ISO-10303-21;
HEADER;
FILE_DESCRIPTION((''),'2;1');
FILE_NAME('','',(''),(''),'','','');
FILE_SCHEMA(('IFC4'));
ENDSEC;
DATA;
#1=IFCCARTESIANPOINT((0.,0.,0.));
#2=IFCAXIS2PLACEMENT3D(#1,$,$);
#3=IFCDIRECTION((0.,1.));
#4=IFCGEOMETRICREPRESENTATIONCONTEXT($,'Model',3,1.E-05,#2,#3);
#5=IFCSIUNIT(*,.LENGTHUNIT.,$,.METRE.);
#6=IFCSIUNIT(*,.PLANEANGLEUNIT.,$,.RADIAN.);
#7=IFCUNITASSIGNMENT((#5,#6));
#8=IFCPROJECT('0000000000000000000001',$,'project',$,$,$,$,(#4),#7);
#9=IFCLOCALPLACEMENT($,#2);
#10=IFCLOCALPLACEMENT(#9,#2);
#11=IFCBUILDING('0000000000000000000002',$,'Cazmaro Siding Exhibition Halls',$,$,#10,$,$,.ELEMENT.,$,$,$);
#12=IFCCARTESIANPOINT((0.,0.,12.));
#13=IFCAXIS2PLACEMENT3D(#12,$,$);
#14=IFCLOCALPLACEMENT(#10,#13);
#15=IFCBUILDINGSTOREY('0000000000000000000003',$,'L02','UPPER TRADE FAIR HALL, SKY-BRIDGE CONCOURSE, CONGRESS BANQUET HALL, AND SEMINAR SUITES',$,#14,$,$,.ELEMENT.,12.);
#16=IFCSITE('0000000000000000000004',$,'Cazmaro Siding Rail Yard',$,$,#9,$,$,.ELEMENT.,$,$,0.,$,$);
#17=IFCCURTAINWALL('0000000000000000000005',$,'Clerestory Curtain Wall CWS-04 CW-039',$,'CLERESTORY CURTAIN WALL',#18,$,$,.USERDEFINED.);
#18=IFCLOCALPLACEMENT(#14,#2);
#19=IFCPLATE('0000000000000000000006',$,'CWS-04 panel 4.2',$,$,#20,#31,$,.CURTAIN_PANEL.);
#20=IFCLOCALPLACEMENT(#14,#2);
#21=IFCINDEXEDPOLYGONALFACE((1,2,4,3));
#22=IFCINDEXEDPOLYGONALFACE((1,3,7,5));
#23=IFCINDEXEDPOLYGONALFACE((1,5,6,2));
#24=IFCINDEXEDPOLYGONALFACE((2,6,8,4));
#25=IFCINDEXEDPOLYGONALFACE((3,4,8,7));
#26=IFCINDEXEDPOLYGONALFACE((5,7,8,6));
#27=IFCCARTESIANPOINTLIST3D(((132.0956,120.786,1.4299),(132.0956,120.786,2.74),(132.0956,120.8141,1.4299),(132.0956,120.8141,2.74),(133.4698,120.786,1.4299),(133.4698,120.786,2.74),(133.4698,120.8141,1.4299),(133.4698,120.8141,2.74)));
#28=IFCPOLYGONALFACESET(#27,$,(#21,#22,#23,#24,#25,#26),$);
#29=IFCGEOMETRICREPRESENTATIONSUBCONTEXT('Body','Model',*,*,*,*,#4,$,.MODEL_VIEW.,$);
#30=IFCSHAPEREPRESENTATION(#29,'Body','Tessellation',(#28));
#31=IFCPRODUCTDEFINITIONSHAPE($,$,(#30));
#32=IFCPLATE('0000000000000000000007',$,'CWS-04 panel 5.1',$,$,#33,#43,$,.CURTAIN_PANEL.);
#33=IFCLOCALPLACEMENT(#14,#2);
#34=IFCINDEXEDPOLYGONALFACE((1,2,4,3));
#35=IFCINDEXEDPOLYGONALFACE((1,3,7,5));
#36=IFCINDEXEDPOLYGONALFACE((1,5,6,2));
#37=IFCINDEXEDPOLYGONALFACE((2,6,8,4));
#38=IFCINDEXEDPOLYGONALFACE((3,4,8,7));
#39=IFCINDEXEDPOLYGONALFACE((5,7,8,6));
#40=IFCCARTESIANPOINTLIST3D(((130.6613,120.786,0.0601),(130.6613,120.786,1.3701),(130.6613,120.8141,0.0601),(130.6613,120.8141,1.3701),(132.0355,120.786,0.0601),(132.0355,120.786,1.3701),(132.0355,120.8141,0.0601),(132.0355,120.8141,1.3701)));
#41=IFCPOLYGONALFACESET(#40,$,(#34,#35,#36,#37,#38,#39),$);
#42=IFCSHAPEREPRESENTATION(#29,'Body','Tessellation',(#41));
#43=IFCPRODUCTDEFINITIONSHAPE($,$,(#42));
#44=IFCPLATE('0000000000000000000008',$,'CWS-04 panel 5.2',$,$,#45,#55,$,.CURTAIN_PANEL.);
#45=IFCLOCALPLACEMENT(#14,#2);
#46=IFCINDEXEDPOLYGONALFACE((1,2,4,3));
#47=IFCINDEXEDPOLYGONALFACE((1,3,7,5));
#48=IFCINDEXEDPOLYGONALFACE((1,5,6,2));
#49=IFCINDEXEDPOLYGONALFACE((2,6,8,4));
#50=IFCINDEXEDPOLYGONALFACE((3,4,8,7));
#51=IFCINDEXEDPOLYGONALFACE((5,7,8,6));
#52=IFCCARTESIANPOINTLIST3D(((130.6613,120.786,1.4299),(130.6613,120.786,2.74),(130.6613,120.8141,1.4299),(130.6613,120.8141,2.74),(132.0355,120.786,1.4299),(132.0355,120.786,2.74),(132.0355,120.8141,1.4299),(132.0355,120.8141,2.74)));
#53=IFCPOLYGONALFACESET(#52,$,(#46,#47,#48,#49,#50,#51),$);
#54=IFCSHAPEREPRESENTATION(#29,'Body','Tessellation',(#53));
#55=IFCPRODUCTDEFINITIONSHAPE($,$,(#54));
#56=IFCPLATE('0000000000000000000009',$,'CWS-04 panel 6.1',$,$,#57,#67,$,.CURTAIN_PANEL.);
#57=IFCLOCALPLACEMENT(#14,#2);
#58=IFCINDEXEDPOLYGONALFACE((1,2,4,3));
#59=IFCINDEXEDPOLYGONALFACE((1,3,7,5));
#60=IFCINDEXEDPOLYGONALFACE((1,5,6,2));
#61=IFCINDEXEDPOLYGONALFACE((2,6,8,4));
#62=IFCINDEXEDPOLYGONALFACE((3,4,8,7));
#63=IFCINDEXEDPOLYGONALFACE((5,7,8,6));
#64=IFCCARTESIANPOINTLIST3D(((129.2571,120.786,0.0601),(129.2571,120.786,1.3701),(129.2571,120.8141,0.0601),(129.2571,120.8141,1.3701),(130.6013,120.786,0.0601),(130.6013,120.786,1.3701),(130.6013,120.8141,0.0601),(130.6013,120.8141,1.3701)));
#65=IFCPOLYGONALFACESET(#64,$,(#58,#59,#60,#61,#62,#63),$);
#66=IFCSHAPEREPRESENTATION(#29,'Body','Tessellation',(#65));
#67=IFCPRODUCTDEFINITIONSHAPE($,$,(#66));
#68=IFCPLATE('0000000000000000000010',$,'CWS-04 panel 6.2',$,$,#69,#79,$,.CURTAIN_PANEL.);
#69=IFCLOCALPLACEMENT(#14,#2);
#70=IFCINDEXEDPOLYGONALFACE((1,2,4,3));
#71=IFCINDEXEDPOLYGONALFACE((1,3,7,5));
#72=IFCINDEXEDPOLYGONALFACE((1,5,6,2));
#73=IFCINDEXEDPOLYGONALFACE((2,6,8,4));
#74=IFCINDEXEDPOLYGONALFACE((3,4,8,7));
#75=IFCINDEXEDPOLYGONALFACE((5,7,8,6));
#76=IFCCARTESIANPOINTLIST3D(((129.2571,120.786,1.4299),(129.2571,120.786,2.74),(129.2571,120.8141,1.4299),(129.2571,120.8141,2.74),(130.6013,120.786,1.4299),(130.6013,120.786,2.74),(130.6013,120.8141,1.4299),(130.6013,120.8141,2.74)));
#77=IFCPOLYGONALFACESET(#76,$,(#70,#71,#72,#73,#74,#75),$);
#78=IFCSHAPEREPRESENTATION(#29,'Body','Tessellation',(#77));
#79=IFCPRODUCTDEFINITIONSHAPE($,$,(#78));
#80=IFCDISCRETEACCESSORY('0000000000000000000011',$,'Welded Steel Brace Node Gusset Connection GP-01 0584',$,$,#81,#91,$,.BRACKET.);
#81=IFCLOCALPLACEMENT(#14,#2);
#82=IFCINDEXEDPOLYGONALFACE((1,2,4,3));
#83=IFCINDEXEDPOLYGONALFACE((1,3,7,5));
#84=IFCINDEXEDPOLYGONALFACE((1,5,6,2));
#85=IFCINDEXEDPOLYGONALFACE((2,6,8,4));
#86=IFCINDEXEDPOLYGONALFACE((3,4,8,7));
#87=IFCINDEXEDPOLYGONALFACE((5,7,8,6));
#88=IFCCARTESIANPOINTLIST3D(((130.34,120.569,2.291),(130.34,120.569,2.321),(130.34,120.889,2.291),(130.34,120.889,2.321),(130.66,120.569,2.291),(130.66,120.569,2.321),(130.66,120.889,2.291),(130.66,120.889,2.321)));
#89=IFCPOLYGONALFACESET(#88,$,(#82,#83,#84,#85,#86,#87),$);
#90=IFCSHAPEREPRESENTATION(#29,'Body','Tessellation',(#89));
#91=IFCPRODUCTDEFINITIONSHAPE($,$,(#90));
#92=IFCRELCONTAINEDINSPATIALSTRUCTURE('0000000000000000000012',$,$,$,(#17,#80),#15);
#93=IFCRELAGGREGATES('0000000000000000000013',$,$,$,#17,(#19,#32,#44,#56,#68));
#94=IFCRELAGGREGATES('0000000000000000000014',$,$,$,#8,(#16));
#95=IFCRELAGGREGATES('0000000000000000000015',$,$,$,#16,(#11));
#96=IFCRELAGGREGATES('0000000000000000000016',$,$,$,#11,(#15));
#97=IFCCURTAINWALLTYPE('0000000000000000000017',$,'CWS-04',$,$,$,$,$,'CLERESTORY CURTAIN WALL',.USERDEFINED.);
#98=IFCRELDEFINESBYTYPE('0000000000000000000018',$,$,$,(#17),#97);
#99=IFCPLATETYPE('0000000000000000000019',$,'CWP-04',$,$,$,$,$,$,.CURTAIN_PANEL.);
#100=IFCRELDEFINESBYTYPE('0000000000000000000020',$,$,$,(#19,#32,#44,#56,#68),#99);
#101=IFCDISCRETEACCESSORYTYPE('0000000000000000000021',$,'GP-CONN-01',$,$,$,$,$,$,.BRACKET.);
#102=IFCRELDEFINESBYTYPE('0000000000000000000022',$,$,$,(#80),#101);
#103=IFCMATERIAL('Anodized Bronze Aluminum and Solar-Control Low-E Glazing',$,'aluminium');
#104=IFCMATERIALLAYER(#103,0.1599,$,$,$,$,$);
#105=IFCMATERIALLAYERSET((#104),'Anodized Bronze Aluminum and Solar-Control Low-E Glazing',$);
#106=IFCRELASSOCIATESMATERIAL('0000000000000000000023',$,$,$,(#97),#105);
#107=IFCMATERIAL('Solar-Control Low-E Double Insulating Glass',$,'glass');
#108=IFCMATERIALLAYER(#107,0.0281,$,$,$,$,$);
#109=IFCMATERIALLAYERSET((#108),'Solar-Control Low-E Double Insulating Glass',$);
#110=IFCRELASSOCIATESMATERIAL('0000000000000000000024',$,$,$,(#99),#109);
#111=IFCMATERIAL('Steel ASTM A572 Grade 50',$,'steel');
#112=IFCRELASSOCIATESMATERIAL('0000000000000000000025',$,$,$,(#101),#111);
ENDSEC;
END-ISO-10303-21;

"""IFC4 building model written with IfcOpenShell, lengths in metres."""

from ifc_helpers import new_model, si_unit, direction, frame, origin, origin_2d, place, context, subcontext, project, spatial, rectangle, extrude, material, layer, layer_set, type_object, element, aggregate, save


model = new_model("IFC4")

# Units and contexts
model_context = context("Model", 3, precision=1e-05, world=origin(), true_north=direction((0.0, 1.0)))
body_context = subcontext(model_context, "Body", "Model", "MODEL_VIEW")
ifc_project = project(units=[si_unit("LENGTHUNIT", "METRE"), si_unit("PLANEANGLEUNIT", "RADIAN")], contexts=[model_context])

# Site, building, storey
site_placement = place(None, origin())
site = spatial("IfcSite", under=ifc_project, at=site_placement, Name="Cazmaro Siding Rail Yard", CompositionType="ELEMENT", RefElevation=0.0)
building_placement = place(site_placement, origin())
building = spatial("IfcBuilding", under=site, at=building_placement, Name="Cazmaro Siding Exhibition Halls", CompositionType="ELEMENT")
storey_placement = place(building_placement, frame((0.0, 0.0, 12.0)))
storey = spatial("IfcBuildingStorey", under=building, at=storey_placement, Name="L02", Description="UPPER TRADE FAIR HALL, SKY-BRIDGE CONCOURSE, CONGRESS BANQUET HALL, AND SEMINAR SUITES", CompositionType="ELEMENT", Elevation=12.0)

# Shared definitions
ifc_material_1 = material(Name="Anodized Bronze Aluminum and Solar-Control Low-E Glazing", Category="aluminium")
ifc_layer_1 = layer(ifc_material_1, 0.1599)
ifc_layer_set_1 = layer_set([ifc_layer_1], Name="Anodized Bronze Aluminum and Solar-Control Low-E Glazing")
curtain_wall_type = type_object("IfcCurtainWallType", Name="CWS-04", ElementType="CLERESTORY CURTAIN WALL", PredefinedType="USERDEFINED", material=ifc_layer_set_1)

# Curtain wall
curtain_wall_1_placement = place(storey_placement, origin())
curtain_wall_1 = element("IfcCurtainWall", 1, at=curtain_wall_1_placement, inside=storey, type_object=curtain_wall_type, Name="Clerestory Curtain Wall CWS-04 CW-039", ObjectType="CLERESTORY CURTAIN WALL", PredefinedType="USERDEFINED")

# Plates
ifc_material_2 = material(Name="Solar-Control Low-E Double Insulating Glass", Category="glass")
ifc_layer_2 = layer(ifc_material_2, 0.0281)
ifc_layer_set_2 = layer_set([ifc_layer_2], Name="Solar-Control Low-E Double Insulating Glass")
plate_type_1 = type_object("IfcPlateType", Name="CWP-04", PredefinedType="CURTAIN_PANEL", material=ifc_layer_set_2)
plate_1_placement = place(storey_placement, frame((132.7827, 120.8, 1.4299), z_axis=(0.0, 0.0, 1.0), x_axis=(-1.0, 0.0, 0.0)))
plate_1 = element("IfcPlate", 2, at=plate_1_placement, type_object=plate_type_1, Name="CWS-04 panel 4.2", PredefinedType="CURTAIN_PANEL", context=body_context, shape_type="SweptSolid", body=[
    extrude(rectangle(XDim=1.3743, YDim=0.0281, at=origin_2d()), origin(), (0.0, 0.0, 1.0), 1.3101),
])
plate_2_placement = place(storey_placement, frame((131.3484, 120.8, 0.0601), z_axis=(0.0, 0.0, 1.0), x_axis=(-1.0, 0.0, 0.0)))
plate_2 = element("IfcPlate", 3, at=plate_2_placement, type_object=plate_type_1, Name="CWS-04 panel 5.1", PredefinedType="CURTAIN_PANEL", context=body_context, shape_type="SweptSolid", body=[
    extrude(rectangle(XDim=1.3743, YDim=0.0281, at=origin_2d()), origin(), (0.0, 0.0, 1.0), 1.3101),
])
plate_3_placement = place(storey_placement, frame((131.3484, 120.8, 1.4299), z_axis=(0.0, 0.0, 1.0), x_axis=(-1.0, 0.0, 0.0)))
plate_3 = element("IfcPlate", 4, at=plate_3_placement, type_object=plate_type_1, Name="CWS-04 panel 5.2", PredefinedType="CURTAIN_PANEL", context=body_context, shape_type="SweptSolid", body=[
    extrude(rectangle(XDim=1.3743, YDim=0.0281, at=origin_2d()), origin(), (0.0, 0.0, 1.0), 1.3101),
])
plate_4_placement = place(storey_placement, frame((129.9292, 120.8, 0.0601), z_axis=(0.0, 0.0, 1.0), x_axis=(-1.0, 0.0, 0.0)))
plate_4 = element("IfcPlate", 5, at=plate_4_placement, type_object=plate_type_1, Name="CWS-04 panel 6.1", PredefinedType="CURTAIN_PANEL", context=body_context, shape_type="SweptSolid", body=[
    extrude(rectangle(XDim=1.3442, YDim=0.0281, at=origin_2d()), origin(), (0.0, 0.0, 1.0), 1.3101),
])
plate_5_placement = place(storey_placement, frame((129.9292, 120.8, 1.4299), z_axis=(0.0, 0.0, 1.0), x_axis=(-1.0, 0.0, 0.0)))
plate_5 = element("IfcPlate", 6, at=plate_5_placement, type_object=plate_type_1, Name="CWS-04 panel 6.2", PredefinedType="CURTAIN_PANEL", context=body_context, shape_type="SweptSolid", body=[
    extrude(rectangle(XDim=1.3442, YDim=0.0281, at=origin_2d()), origin(), (0.0, 0.0, 1.0), 1.3101),
])
aggregate(curtain_wall_1, [plate_1, plate_2, plate_3, plate_4, plate_5])

# Discrete accessory
ifc_material_3 = material(Name="Steel ASTM A572 Grade 50", Category="steel")
discrete_accessory_type = type_object("IfcDiscreteAccessoryType", Name="GP-CONN-01", PredefinedType="BRACKET", material=ifc_material_3)
discrete_accessory_placement = place(storey_placement, frame((130.5, 120.729, 2.291), z_axis=(0.0, 0.0, 1.0), x_axis=(1.0, 0.0, 0.0)))
element("IfcDiscreteAccessory", 7, at=discrete_accessory_placement, inside=storey, type_object=discrete_accessory_type, Name="Welded Steel Brace Node Gusset Connection GP-01 0584", PredefinedType="BRACKET", context=body_context, shape_type="SweptSolid", body=[
    extrude(rectangle(XDim=0.3201, YDim=0.3201, at=origin_2d()), origin(), (0.0, 0.0, 1.0), 0.03),
])

save(model, "model.ifc")
